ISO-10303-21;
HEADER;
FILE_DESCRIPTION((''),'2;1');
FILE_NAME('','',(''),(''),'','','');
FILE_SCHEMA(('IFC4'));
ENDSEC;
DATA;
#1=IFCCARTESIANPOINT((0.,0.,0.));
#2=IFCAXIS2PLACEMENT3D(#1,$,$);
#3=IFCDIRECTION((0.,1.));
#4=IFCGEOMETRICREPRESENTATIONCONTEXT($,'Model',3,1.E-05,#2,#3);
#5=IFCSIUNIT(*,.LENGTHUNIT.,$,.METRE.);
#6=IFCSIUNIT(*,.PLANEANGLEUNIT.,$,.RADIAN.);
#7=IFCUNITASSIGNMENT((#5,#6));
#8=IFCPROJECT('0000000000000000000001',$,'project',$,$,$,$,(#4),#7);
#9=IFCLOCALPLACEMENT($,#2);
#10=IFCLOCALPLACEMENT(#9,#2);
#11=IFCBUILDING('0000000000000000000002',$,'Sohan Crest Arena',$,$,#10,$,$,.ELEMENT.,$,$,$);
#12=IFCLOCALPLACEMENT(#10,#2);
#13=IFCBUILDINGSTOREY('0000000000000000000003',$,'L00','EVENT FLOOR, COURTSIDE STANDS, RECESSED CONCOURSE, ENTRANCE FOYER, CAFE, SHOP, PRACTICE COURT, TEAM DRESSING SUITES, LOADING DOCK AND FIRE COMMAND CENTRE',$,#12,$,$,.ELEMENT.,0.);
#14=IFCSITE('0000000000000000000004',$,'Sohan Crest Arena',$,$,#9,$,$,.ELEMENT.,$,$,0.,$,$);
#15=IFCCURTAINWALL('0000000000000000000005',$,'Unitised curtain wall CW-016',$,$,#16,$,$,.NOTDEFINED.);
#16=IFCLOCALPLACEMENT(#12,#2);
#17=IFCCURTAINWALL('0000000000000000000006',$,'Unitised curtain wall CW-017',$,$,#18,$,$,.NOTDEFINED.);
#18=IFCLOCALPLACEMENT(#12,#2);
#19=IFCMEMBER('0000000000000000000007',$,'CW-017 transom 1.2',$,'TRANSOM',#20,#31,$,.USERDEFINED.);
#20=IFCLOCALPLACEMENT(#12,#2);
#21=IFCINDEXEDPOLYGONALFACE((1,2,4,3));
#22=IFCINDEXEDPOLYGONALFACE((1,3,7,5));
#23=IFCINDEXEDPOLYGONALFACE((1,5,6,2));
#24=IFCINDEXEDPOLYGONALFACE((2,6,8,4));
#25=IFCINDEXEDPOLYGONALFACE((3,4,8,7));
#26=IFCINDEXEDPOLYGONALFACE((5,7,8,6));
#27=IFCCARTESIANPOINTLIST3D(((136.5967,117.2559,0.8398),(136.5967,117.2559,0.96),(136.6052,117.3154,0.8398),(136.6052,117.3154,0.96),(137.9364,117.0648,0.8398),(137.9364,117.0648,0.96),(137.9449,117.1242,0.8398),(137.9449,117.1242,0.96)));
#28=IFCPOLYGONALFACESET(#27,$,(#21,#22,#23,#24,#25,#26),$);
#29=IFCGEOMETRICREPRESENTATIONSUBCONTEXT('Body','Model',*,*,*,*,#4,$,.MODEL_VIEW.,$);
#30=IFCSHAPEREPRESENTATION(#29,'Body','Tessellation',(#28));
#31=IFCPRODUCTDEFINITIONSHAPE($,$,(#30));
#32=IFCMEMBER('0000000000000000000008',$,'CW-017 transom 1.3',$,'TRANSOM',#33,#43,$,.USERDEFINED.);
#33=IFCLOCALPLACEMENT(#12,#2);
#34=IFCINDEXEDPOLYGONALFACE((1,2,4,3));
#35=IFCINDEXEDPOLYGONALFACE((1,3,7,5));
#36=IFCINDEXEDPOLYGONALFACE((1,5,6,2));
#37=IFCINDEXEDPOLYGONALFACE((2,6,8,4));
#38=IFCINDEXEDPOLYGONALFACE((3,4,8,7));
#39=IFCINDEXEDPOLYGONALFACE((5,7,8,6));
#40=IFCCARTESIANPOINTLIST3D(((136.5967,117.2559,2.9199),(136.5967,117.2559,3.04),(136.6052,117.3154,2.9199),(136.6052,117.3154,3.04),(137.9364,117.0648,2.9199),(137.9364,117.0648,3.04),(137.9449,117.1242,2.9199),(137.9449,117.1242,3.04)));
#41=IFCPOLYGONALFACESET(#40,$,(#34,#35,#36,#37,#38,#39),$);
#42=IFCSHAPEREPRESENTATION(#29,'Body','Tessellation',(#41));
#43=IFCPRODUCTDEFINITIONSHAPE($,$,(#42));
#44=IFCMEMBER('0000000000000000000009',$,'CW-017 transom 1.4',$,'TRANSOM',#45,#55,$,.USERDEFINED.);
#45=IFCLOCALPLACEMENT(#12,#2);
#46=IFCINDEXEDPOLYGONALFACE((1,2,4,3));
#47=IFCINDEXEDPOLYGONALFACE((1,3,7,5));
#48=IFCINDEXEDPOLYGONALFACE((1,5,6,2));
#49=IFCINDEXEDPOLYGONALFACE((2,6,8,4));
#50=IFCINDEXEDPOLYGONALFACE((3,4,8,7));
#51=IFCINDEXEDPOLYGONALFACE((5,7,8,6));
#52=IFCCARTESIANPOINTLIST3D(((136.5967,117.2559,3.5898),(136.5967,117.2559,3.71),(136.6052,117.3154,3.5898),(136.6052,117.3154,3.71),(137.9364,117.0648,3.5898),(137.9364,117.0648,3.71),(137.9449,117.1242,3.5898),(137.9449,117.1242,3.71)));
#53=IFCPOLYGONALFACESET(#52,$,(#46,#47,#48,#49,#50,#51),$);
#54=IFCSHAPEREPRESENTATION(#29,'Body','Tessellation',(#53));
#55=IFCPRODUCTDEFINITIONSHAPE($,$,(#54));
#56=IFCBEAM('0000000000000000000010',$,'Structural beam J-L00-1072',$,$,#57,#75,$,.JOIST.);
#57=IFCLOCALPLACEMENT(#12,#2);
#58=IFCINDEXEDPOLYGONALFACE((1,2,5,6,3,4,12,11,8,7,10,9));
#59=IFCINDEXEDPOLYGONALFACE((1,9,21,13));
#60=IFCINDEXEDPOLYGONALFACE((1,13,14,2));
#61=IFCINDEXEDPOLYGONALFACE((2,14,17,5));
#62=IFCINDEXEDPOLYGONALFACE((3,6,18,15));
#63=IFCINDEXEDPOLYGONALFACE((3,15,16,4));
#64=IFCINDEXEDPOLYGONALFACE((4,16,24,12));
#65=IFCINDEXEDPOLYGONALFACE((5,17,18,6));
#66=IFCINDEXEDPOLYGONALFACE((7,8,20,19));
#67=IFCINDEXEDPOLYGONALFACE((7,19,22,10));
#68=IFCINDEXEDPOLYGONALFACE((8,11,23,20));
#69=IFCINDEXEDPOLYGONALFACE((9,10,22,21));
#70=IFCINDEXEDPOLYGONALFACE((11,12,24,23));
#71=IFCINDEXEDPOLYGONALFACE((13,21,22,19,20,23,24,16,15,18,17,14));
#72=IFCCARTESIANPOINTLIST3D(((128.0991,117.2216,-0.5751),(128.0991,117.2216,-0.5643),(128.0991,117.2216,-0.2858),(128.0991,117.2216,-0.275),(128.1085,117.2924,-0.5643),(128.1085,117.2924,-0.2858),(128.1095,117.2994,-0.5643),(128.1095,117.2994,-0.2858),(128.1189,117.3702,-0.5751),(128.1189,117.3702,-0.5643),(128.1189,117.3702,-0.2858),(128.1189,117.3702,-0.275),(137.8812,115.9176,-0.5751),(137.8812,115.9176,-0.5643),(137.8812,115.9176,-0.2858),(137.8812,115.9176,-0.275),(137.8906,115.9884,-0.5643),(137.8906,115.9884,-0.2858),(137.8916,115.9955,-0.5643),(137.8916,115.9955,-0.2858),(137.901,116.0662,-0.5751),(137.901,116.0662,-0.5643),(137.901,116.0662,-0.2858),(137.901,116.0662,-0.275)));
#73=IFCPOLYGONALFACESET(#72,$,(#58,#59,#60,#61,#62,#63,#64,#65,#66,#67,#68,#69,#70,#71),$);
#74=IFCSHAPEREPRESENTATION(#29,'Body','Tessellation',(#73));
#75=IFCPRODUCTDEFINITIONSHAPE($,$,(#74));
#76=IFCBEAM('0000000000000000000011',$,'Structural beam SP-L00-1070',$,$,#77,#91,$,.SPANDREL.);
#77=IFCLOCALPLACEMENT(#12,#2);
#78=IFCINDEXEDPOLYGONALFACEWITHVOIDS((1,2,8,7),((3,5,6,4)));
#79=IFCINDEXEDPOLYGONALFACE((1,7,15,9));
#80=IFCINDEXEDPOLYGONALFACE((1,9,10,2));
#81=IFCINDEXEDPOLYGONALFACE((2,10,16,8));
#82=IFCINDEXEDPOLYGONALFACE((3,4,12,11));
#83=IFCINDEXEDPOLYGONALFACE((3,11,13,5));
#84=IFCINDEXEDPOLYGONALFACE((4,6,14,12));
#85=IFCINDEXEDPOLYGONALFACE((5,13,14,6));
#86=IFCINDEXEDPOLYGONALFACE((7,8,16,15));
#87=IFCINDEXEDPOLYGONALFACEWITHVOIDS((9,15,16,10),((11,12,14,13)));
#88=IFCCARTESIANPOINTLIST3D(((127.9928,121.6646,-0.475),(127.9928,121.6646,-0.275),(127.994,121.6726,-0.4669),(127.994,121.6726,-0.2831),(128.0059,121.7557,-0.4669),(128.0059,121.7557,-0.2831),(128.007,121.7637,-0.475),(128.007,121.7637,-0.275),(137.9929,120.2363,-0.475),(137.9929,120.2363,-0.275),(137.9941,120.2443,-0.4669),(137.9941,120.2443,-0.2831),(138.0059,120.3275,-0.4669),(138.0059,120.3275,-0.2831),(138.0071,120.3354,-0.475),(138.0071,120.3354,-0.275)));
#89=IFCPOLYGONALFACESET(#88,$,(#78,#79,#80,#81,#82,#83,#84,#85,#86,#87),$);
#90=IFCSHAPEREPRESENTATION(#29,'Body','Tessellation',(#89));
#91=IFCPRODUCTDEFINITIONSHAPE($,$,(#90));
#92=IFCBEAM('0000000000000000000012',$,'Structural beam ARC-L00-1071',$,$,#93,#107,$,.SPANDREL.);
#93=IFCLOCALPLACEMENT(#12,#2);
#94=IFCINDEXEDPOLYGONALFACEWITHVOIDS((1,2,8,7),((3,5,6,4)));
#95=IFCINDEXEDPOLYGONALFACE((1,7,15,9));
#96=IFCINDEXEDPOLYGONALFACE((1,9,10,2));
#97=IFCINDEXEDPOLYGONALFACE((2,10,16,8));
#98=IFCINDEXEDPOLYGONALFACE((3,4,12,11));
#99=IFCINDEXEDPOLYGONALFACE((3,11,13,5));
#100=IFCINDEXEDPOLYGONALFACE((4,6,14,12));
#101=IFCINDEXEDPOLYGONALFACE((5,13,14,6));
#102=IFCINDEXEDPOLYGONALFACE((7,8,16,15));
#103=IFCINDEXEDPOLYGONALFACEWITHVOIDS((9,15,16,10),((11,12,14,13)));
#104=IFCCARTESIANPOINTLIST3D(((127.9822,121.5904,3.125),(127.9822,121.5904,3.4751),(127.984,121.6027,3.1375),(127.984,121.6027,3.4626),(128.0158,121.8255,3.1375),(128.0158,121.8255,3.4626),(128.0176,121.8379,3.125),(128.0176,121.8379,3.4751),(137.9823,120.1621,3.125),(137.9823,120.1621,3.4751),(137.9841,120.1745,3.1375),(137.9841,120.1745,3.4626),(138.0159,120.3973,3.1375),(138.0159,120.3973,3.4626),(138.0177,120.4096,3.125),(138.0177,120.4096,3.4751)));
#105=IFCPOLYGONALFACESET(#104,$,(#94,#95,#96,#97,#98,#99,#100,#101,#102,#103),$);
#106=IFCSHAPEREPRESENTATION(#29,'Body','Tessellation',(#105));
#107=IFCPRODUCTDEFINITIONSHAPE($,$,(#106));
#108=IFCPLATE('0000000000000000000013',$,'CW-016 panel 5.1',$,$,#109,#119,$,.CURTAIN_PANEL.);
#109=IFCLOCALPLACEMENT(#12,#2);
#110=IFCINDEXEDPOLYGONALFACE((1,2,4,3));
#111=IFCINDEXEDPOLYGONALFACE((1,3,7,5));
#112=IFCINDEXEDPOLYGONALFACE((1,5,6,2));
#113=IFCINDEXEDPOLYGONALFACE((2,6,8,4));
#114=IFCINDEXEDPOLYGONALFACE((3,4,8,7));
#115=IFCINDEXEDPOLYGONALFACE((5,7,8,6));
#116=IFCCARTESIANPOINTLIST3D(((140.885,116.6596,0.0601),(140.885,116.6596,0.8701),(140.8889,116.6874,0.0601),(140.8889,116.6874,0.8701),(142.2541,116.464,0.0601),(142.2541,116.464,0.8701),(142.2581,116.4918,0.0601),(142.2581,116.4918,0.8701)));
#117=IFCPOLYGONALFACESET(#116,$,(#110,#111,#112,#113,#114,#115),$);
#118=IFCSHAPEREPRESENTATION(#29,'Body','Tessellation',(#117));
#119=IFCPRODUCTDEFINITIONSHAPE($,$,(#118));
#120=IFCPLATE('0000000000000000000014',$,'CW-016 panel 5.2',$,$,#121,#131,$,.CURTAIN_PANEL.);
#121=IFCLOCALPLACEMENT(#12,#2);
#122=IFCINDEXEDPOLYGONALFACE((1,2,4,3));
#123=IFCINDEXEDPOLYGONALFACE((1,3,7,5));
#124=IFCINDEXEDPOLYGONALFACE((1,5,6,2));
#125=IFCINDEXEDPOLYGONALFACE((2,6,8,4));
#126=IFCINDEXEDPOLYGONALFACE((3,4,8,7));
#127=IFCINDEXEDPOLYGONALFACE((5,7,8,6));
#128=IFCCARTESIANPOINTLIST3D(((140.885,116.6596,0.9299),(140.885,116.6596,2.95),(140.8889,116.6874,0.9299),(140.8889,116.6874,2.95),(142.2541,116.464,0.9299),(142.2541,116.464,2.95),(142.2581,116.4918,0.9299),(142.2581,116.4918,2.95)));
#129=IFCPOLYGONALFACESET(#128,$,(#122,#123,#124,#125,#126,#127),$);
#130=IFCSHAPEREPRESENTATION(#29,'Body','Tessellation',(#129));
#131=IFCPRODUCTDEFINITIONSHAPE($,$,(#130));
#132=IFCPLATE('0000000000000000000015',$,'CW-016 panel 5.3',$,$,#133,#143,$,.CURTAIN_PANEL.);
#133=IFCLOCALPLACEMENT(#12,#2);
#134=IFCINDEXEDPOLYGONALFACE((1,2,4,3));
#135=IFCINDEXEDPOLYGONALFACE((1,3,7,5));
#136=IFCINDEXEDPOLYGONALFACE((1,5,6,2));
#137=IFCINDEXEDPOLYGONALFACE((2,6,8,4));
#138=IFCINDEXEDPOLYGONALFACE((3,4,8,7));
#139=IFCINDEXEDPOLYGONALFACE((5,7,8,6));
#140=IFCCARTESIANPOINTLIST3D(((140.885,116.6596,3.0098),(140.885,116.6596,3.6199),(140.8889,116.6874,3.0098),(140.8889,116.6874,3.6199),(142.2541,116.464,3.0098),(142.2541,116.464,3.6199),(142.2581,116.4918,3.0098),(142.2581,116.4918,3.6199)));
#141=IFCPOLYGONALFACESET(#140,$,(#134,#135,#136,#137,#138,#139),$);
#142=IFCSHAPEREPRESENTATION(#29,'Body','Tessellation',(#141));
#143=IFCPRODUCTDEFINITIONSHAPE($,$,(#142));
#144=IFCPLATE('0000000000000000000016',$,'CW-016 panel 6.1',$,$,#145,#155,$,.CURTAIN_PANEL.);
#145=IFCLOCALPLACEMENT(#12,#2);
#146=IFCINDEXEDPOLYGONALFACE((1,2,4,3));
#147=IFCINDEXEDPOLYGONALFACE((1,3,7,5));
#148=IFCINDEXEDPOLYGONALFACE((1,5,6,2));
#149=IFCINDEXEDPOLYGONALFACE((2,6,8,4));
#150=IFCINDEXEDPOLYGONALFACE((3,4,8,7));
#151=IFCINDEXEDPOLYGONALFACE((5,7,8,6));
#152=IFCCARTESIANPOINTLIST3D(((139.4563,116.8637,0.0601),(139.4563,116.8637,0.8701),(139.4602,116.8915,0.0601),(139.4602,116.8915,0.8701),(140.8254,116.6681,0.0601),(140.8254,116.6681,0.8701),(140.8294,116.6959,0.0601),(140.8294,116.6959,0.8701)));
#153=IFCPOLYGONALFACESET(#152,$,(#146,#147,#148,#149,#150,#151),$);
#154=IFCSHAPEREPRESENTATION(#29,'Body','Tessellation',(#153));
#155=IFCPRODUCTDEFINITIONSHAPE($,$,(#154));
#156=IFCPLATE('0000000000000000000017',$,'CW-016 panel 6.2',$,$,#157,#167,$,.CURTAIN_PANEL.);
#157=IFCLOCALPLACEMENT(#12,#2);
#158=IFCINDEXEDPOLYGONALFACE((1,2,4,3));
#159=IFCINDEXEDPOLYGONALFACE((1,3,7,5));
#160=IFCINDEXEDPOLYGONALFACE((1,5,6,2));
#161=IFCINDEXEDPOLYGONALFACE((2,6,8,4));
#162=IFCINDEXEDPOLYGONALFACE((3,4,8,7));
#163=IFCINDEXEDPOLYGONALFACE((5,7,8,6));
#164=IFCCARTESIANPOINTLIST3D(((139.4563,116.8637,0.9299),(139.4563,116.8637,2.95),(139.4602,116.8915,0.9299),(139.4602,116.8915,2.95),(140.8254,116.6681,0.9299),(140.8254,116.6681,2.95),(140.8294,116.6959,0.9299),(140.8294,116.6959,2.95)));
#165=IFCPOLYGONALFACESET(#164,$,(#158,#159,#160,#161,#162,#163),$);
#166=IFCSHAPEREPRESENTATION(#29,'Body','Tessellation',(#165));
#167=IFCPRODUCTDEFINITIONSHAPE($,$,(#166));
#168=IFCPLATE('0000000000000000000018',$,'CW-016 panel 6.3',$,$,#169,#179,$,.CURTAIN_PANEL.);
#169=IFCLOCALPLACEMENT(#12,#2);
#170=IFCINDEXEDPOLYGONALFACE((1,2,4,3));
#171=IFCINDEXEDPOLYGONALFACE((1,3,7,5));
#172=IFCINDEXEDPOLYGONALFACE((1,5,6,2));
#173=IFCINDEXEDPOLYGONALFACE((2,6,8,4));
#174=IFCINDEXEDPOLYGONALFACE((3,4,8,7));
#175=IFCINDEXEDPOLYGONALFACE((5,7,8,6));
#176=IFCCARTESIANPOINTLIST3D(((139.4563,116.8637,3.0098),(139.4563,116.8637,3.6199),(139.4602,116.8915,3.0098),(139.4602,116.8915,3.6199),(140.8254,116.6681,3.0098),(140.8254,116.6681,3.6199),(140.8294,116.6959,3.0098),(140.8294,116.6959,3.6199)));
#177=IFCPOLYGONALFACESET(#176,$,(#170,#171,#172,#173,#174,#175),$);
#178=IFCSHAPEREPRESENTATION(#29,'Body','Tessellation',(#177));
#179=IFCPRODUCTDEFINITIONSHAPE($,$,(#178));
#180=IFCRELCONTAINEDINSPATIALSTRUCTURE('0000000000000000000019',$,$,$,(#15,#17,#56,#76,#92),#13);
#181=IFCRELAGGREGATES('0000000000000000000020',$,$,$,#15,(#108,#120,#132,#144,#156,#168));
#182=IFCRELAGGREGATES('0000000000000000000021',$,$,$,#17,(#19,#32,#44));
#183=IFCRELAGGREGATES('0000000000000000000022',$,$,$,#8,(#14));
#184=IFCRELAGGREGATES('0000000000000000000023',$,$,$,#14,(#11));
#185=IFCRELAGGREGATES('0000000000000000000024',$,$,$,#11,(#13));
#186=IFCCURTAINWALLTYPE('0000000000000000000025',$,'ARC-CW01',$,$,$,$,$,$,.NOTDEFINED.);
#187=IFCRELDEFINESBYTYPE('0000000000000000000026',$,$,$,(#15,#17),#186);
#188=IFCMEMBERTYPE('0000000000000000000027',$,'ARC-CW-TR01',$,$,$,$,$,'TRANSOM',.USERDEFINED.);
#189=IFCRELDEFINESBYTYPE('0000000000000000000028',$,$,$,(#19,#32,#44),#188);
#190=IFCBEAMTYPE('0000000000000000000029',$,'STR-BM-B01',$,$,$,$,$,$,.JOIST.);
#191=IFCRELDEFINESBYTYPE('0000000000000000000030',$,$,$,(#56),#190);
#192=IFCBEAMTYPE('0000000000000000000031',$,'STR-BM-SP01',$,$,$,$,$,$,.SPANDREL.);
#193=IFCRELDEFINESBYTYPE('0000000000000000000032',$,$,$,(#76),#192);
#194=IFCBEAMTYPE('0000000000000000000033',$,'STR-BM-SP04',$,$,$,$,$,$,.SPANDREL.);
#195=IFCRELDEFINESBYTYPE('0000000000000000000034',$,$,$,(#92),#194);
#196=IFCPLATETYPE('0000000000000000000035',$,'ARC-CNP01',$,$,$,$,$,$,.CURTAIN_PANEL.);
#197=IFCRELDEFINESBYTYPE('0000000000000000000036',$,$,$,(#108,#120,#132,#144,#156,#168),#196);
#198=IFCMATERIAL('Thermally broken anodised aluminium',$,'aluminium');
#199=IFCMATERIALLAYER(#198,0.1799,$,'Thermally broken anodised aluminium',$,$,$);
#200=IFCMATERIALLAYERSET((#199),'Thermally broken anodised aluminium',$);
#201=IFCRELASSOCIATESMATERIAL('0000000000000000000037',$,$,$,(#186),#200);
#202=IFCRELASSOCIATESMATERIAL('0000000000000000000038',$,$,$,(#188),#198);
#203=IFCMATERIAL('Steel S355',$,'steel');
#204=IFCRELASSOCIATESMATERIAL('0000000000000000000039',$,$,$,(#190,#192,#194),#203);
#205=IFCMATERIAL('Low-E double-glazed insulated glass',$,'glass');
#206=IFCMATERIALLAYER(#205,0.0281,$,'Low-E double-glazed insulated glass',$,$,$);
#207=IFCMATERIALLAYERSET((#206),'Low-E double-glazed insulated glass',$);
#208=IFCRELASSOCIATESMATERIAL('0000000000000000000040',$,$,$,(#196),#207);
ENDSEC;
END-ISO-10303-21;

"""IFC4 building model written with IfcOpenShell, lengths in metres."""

from ifc_helpers import new_model, si_unit, direction, frame, origin, origin_2d, place, context, subcontext, project, spatial, rectangle, hollow_rectangle, i_section, extrude, material, layer, layer_set, material_profile, profile_set, type_object, element, aggregate, save


model = new_model("IFC4")

# Units and contexts
model_context = context("Model", 3, precision=1e-05, world=origin(), true_north=direction((0.0, 1.0)))
body_context = subcontext(model_context, "Body", "Model", "MODEL_VIEW")
ifc_project = project(units=[si_unit("LENGTHUNIT", "METRE"), si_unit("PLANEANGLEUNIT", "RADIAN")], contexts=[model_context])

# Site, building, storey
site_placement = place(None, origin())
site = spatial("IfcSite", under=ifc_project, at=site_placement, Name="Sohan Crest Arena", CompositionType="ELEMENT", RefElevation=0.0)
building_placement = place(site_placement, origin())
building = spatial("IfcBuilding", under=site, at=building_placement, Name="Sohan Crest Arena", CompositionType="ELEMENT")
storey_placement = place(building_placement, origin())
storey = spatial("IfcBuildingStorey", under=building, at=storey_placement, Name="L00", Description="EVENT FLOOR, COURTSIDE STANDS, RECESSED CONCOURSE, ENTRANCE FOYER, CAFE, SHOP, PRACTICE COURT, TEAM DRESSING SUITES, LOADING DOCK AND FIRE COMMAND CENTRE", CompositionType="ELEMENT", Elevation=0.0)

# Curtain wall
ifc_material_1 = material(Name="Thermally broken anodised aluminium", Category="aluminium")
ifc_layer_1 = layer(ifc_material_1, 0.1799, Name="Thermally broken anodised aluminium")
ifc_layer_set_1 = layer_set([ifc_layer_1], Name="Thermally broken anodised aluminium")
curtain_wall_type = type_object("IfcCurtainWallType", Name="ARC-CW01", PredefinedType="NOTDEFINED", material=ifc_layer_set_1)
curtain_wall_1_placement = place(storey_placement, origin())
curtain_wall_1 = element("IfcCurtainWall", 1, at=curtain_wall_1_placement, inside=storey, type_object=curtain_wall_type, Name="Unitised curtain wall CW-016", PredefinedType="NOTDEFINED")

# Curtain wall
curtain_wall_2_placement = place(storey_placement, origin())
curtain_wall_2 = element("IfcCurtainWall", 2, at=curtain_wall_2_placement, inside=storey, type_object=curtain_wall_type, Name="Unitised curtain wall CW-017", PredefinedType="NOTDEFINED")

# Members
ifc_material_profile_1 = material_profile(ifc_material_1, rectangle(XDim=0.0601, YDim=0.1201, at=origin_2d()), Name="ALU-TRAN 60x120")
ifc_profile_set_1 = profile_set([ifc_material_profile_1], Name="Thermally broken anodised aluminium")
member_type_1 = type_object("IfcMemberType", Name="ARC-CW-TR01", ElementType="TRANSOM", PredefinedType="USERDEFINED", material=ifc_profile_set_1)
member_1_placement = place(storey_placement, frame((137.9407, 117.0945, 0.8999), z_axis=(-0.989971, 0.14127, 0.0), x_axis=(-0.14127, -0.989971, 0.0)))
member_1 = element("IfcMember", 3, at=member_1_placement, type_object=member_type_1, Name="CW-017 transom 1.2", ObjectType="TRANSOM", PredefinedType="USERDEFINED", context=body_context, shape_type="SweptSolid", body=[
    extrude(rectangle(XDim=0.0601, YDim=0.1201, at=origin_2d()), origin(), (0.0, 0.0, 1.0), 1.3533),
])
member_2_placement = place(storey_placement, frame((137.9407, 117.0945, 2.98), z_axis=(-0.989971, 0.14127, 0.0), x_axis=(-0.14127, -0.989971, 0.0)))
member_2 = element("IfcMember", 4, at=member_2_placement, type_object=member_type_1, Name="CW-017 transom 1.3", ObjectType="TRANSOM", PredefinedType="USERDEFINED", context=body_context, shape_type="SweptSolid", body=[
    extrude(rectangle(XDim=0.0601, YDim=0.1201, at=origin_2d()), origin(), (0.0, 0.0, 1.0), 1.3533),
])
member_3_placement = place(storey_placement, frame((137.9407, 117.0945, 3.6499), z_axis=(-0.989971, 0.14127, 0.0), x_axis=(-0.14127, -0.989971, 0.0)))
member_3 = element("IfcMember", 5, at=member_3_placement, type_object=member_type_1, Name="CW-017 transom 1.4", ObjectType="TRANSOM", PredefinedType="USERDEFINED", context=body_context, shape_type="SweptSolid", body=[
    extrude(rectangle(XDim=0.0601, YDim=0.1201, at=origin_2d()), origin(), (0.0, 0.0, 1.0), 1.3533),
])

# Beams
ifc_material_2 = material(Name="Steel S355", Category="steel")
ifc_material_profile_2 = material_profile(ifc_material_2, i_section(OverallWidth=0.1499, OverallDepth=0.3, WebThickness=0.0071, FlangeThickness=0.0107, at=origin_2d()), Name="IPE 300")
ifc_profile_set_2 = profile_set([ifc_material_profile_2], Name="Steel S355")
beam_type_1 = type_object("IfcBeamType", Name="STR-BM-B01", PredefinedType="JOIST", material=ifc_profile_set_2)
beam_1_placement = place(storey_placement, frame((137.8911, 115.9919, -0.425), z_axis=(-0.991232, 0.13213, 0.0), x_axis=(-0.13213, -0.991232, 0.0)))
element("IfcBeam", 6, at=beam_1_placement, inside=storey, type_object=beam_type_1, Name="Structural beam J-L00-1072", PredefinedType="JOIST", context=body_context, shape_type="SweptSolid", body=[
    extrude(i_section(OverallWidth=0.1499, OverallDepth=0.3, WebThickness=0.0071, FlangeThickness=0.0107, at=origin_2d()), origin(), (0.0, 0.0, 1.0), 9.8687),
])
ifc_material_profile_3 = material_profile(ifc_material_2, hollow_rectangle(XDim=0.1001, YDim=0.2, WallThickness=0.0081, at=origin_2d()), Name="RHS 200x100x8")
ifc_profile_set_3 = profile_set([ifc_material_profile_3], Name="Steel S355")
beam_type_2 = type_object("IfcBeamType", Name="STR-BM-SP01", PredefinedType="SPANDREL", material=ifc_profile_set_3)
beam_2_placement = place(storey_placement, frame((138.0, 120.2859, -0.375), z_axis=(-0.989954, 0.141388, 0.0), x_axis=(-0.141388, -0.989954, 0.0)))
element("IfcBeam", 7, at=beam_2_placement, inside=storey, type_object=beam_type_2, Name="Structural beam SP-L00-1070", PredefinedType="SPANDREL", context=body_context, shape_type="SweptSolid", body=[
    extrude(hollow_rectangle(XDim=0.1001, YDim=0.2, WallThickness=0.0081, at=origin_2d()), origin(), (0.0, 0.0, 1.0), 10.1016),
])
ifc_material_profile_4 = material_profile(ifc_material_2, hollow_rectangle(XDim=0.25, YDim=0.3501, WallThickness=0.0125, at=origin_2d()), Name="RHS 350x250x12.5")
ifc_profile_set_4 = profile_set([ifc_material_profile_4], Name="Steel S355")
beam_type_3 = type_object("IfcBeamType", Name="STR-BM-SP04", PredefinedType="SPANDREL", material=ifc_profile_set_4)
beam_3_placement = place(storey_placement, frame((138.0, 120.2859, 3.3), z_axis=(-0.989954, 0.141388, 0.0), x_axis=(-0.141388, -0.989954, 0.0)))
element("IfcBeam", 8, at=beam_3_placement, inside=storey, type_object=beam_type_3, Name="Structural beam ARC-L00-1071", PredefinedType="SPANDREL", context=body_context, shape_type="SweptSolid", body=[
    extrude(hollow_rectangle(XDim=0.25, YDim=0.3501, WallThickness=0.0125, at=origin_2d()), origin(), (0.0, 0.0, 1.0), 10.1016),
])

# Plates
ifc_material_3 = material(Name="Low-E double-glazed insulated glass", Category="glass")
ifc_layer_2 = layer(ifc_material_3, 0.0281, Name="Low-E double-glazed insulated glass")
ifc_layer_set_2 = layer_set([ifc_layer_2], Name="Low-E double-glazed insulated glass")
plate_type = type_object("IfcPlateType", Name="ARC-CNP01", PredefinedType="CURTAIN_PANEL", material=ifc_layer_set_2)
plate_1_placement = place(storey_placement, frame((141.5715, 116.5757, 0.0601), z_axis=(0.0, 0.0, 1.0), x_axis=(-0.989944, 0.141463, 0.0)))
plate_1 = element("IfcPlate", 9, at=plate_1_placement, type_object=plate_type, Name="CW-016 panel 5.1", PredefinedType="CURTAIN_PANEL", context=body_context, shape_type="SweptSolid", body=[
    extrude(rectangle(XDim=1.3831, YDim=0.0281, at=origin_2d()), origin(), (0.0, 0.0, 1.0), 0.8101),
])
plate_2_placement = place(storey_placement, frame((141.5715, 116.5757, 0.9299), z_axis=(0.0, 0.0, 1.0), x_axis=(-0.989944, 0.141463, 0.0)))
plate_2 = element("IfcPlate", 10, at=plate_2_placement, type_object=plate_type, Name="CW-016 panel 5.2", PredefinedType="CURTAIN_PANEL", context=body_context, shape_type="SweptSolid", body=[
    extrude(rectangle(XDim=1.3831, YDim=0.0281, at=origin_2d()), origin(), (0.0, 0.0, 1.0), 2.02),
])
plate_3_placement = place(storey_placement, frame((141.5715, 116.5757, 3.0098), z_axis=(0.0, 0.0, 1.0), x_axis=(-0.989944, 0.141463, 0.0)))
plate_3 = element("IfcPlate", 11, at=plate_3_placement, type_object=plate_type, Name="CW-016 panel 5.3", PredefinedType="CURTAIN_PANEL", context=body_context, shape_type="SweptSolid", body=[
    extrude(rectangle(XDim=1.3831, YDim=0.0281, at=origin_2d()), origin(), (0.0, 0.0, 1.0), 0.6101),
])
plate_4_placement = place(storey_placement, frame((140.1428, 116.7798, 0.0601), z_axis=(0.0, 0.0, 1.0), x_axis=(-0.989944, 0.141463, 0.0)))
plate_4 = element("IfcPlate", 12, at=plate_4_placement, type_object=plate_type, Name="CW-016 panel 6.1", PredefinedType="CURTAIN_PANEL", context=body_context, shape_type="SweptSolid", body=[
    extrude(rectangle(XDim=1.3831, YDim=0.0281, at=origin_2d()), origin(), (0.0, 0.0, 1.0), 0.8101),
])
plate_5_placement = place(storey_placement, frame((140.1428, 116.7798, 0.9299), z_axis=(0.0, 0.0, 1.0), x_axis=(-0.989944, 0.141463, 0.0)))
plate_5 = element("IfcPlate", 13, at=plate_5_placement, type_object=plate_type, Name="CW-016 panel 6.2", PredefinedType="CURTAIN_PANEL", context=body_context, shape_type="SweptSolid", body=[
    extrude(rectangle(XDim=1.3831, YDim=0.0281, at=origin_2d()), origin(), (0.0, 0.0, 1.0), 2.02),
])
plate_6_placement = place(storey_placement, frame((140.1428, 116.7798, 3.0098), z_axis=(0.0, 0.0, 1.0), x_axis=(-0.989944, 0.141463, 0.0)))
plate_6 = element("IfcPlate", 14, at=plate_6_placement, type_object=plate_type, Name="CW-016 panel 6.3", PredefinedType="CURTAIN_PANEL", context=body_context, shape_type="SweptSolid", body=[
    extrude(rectangle(XDim=1.3831, YDim=0.0281, at=origin_2d()), origin(), (0.0, 0.0, 1.0), 0.6101),
])
aggregate(curtain_wall_1, [plate_1, plate_2, plate_3, plate_4, plate_5, plate_6])
aggregate(curtain_wall_2, [member_1, member_2, member_3])

save(model, "model.ifc")
